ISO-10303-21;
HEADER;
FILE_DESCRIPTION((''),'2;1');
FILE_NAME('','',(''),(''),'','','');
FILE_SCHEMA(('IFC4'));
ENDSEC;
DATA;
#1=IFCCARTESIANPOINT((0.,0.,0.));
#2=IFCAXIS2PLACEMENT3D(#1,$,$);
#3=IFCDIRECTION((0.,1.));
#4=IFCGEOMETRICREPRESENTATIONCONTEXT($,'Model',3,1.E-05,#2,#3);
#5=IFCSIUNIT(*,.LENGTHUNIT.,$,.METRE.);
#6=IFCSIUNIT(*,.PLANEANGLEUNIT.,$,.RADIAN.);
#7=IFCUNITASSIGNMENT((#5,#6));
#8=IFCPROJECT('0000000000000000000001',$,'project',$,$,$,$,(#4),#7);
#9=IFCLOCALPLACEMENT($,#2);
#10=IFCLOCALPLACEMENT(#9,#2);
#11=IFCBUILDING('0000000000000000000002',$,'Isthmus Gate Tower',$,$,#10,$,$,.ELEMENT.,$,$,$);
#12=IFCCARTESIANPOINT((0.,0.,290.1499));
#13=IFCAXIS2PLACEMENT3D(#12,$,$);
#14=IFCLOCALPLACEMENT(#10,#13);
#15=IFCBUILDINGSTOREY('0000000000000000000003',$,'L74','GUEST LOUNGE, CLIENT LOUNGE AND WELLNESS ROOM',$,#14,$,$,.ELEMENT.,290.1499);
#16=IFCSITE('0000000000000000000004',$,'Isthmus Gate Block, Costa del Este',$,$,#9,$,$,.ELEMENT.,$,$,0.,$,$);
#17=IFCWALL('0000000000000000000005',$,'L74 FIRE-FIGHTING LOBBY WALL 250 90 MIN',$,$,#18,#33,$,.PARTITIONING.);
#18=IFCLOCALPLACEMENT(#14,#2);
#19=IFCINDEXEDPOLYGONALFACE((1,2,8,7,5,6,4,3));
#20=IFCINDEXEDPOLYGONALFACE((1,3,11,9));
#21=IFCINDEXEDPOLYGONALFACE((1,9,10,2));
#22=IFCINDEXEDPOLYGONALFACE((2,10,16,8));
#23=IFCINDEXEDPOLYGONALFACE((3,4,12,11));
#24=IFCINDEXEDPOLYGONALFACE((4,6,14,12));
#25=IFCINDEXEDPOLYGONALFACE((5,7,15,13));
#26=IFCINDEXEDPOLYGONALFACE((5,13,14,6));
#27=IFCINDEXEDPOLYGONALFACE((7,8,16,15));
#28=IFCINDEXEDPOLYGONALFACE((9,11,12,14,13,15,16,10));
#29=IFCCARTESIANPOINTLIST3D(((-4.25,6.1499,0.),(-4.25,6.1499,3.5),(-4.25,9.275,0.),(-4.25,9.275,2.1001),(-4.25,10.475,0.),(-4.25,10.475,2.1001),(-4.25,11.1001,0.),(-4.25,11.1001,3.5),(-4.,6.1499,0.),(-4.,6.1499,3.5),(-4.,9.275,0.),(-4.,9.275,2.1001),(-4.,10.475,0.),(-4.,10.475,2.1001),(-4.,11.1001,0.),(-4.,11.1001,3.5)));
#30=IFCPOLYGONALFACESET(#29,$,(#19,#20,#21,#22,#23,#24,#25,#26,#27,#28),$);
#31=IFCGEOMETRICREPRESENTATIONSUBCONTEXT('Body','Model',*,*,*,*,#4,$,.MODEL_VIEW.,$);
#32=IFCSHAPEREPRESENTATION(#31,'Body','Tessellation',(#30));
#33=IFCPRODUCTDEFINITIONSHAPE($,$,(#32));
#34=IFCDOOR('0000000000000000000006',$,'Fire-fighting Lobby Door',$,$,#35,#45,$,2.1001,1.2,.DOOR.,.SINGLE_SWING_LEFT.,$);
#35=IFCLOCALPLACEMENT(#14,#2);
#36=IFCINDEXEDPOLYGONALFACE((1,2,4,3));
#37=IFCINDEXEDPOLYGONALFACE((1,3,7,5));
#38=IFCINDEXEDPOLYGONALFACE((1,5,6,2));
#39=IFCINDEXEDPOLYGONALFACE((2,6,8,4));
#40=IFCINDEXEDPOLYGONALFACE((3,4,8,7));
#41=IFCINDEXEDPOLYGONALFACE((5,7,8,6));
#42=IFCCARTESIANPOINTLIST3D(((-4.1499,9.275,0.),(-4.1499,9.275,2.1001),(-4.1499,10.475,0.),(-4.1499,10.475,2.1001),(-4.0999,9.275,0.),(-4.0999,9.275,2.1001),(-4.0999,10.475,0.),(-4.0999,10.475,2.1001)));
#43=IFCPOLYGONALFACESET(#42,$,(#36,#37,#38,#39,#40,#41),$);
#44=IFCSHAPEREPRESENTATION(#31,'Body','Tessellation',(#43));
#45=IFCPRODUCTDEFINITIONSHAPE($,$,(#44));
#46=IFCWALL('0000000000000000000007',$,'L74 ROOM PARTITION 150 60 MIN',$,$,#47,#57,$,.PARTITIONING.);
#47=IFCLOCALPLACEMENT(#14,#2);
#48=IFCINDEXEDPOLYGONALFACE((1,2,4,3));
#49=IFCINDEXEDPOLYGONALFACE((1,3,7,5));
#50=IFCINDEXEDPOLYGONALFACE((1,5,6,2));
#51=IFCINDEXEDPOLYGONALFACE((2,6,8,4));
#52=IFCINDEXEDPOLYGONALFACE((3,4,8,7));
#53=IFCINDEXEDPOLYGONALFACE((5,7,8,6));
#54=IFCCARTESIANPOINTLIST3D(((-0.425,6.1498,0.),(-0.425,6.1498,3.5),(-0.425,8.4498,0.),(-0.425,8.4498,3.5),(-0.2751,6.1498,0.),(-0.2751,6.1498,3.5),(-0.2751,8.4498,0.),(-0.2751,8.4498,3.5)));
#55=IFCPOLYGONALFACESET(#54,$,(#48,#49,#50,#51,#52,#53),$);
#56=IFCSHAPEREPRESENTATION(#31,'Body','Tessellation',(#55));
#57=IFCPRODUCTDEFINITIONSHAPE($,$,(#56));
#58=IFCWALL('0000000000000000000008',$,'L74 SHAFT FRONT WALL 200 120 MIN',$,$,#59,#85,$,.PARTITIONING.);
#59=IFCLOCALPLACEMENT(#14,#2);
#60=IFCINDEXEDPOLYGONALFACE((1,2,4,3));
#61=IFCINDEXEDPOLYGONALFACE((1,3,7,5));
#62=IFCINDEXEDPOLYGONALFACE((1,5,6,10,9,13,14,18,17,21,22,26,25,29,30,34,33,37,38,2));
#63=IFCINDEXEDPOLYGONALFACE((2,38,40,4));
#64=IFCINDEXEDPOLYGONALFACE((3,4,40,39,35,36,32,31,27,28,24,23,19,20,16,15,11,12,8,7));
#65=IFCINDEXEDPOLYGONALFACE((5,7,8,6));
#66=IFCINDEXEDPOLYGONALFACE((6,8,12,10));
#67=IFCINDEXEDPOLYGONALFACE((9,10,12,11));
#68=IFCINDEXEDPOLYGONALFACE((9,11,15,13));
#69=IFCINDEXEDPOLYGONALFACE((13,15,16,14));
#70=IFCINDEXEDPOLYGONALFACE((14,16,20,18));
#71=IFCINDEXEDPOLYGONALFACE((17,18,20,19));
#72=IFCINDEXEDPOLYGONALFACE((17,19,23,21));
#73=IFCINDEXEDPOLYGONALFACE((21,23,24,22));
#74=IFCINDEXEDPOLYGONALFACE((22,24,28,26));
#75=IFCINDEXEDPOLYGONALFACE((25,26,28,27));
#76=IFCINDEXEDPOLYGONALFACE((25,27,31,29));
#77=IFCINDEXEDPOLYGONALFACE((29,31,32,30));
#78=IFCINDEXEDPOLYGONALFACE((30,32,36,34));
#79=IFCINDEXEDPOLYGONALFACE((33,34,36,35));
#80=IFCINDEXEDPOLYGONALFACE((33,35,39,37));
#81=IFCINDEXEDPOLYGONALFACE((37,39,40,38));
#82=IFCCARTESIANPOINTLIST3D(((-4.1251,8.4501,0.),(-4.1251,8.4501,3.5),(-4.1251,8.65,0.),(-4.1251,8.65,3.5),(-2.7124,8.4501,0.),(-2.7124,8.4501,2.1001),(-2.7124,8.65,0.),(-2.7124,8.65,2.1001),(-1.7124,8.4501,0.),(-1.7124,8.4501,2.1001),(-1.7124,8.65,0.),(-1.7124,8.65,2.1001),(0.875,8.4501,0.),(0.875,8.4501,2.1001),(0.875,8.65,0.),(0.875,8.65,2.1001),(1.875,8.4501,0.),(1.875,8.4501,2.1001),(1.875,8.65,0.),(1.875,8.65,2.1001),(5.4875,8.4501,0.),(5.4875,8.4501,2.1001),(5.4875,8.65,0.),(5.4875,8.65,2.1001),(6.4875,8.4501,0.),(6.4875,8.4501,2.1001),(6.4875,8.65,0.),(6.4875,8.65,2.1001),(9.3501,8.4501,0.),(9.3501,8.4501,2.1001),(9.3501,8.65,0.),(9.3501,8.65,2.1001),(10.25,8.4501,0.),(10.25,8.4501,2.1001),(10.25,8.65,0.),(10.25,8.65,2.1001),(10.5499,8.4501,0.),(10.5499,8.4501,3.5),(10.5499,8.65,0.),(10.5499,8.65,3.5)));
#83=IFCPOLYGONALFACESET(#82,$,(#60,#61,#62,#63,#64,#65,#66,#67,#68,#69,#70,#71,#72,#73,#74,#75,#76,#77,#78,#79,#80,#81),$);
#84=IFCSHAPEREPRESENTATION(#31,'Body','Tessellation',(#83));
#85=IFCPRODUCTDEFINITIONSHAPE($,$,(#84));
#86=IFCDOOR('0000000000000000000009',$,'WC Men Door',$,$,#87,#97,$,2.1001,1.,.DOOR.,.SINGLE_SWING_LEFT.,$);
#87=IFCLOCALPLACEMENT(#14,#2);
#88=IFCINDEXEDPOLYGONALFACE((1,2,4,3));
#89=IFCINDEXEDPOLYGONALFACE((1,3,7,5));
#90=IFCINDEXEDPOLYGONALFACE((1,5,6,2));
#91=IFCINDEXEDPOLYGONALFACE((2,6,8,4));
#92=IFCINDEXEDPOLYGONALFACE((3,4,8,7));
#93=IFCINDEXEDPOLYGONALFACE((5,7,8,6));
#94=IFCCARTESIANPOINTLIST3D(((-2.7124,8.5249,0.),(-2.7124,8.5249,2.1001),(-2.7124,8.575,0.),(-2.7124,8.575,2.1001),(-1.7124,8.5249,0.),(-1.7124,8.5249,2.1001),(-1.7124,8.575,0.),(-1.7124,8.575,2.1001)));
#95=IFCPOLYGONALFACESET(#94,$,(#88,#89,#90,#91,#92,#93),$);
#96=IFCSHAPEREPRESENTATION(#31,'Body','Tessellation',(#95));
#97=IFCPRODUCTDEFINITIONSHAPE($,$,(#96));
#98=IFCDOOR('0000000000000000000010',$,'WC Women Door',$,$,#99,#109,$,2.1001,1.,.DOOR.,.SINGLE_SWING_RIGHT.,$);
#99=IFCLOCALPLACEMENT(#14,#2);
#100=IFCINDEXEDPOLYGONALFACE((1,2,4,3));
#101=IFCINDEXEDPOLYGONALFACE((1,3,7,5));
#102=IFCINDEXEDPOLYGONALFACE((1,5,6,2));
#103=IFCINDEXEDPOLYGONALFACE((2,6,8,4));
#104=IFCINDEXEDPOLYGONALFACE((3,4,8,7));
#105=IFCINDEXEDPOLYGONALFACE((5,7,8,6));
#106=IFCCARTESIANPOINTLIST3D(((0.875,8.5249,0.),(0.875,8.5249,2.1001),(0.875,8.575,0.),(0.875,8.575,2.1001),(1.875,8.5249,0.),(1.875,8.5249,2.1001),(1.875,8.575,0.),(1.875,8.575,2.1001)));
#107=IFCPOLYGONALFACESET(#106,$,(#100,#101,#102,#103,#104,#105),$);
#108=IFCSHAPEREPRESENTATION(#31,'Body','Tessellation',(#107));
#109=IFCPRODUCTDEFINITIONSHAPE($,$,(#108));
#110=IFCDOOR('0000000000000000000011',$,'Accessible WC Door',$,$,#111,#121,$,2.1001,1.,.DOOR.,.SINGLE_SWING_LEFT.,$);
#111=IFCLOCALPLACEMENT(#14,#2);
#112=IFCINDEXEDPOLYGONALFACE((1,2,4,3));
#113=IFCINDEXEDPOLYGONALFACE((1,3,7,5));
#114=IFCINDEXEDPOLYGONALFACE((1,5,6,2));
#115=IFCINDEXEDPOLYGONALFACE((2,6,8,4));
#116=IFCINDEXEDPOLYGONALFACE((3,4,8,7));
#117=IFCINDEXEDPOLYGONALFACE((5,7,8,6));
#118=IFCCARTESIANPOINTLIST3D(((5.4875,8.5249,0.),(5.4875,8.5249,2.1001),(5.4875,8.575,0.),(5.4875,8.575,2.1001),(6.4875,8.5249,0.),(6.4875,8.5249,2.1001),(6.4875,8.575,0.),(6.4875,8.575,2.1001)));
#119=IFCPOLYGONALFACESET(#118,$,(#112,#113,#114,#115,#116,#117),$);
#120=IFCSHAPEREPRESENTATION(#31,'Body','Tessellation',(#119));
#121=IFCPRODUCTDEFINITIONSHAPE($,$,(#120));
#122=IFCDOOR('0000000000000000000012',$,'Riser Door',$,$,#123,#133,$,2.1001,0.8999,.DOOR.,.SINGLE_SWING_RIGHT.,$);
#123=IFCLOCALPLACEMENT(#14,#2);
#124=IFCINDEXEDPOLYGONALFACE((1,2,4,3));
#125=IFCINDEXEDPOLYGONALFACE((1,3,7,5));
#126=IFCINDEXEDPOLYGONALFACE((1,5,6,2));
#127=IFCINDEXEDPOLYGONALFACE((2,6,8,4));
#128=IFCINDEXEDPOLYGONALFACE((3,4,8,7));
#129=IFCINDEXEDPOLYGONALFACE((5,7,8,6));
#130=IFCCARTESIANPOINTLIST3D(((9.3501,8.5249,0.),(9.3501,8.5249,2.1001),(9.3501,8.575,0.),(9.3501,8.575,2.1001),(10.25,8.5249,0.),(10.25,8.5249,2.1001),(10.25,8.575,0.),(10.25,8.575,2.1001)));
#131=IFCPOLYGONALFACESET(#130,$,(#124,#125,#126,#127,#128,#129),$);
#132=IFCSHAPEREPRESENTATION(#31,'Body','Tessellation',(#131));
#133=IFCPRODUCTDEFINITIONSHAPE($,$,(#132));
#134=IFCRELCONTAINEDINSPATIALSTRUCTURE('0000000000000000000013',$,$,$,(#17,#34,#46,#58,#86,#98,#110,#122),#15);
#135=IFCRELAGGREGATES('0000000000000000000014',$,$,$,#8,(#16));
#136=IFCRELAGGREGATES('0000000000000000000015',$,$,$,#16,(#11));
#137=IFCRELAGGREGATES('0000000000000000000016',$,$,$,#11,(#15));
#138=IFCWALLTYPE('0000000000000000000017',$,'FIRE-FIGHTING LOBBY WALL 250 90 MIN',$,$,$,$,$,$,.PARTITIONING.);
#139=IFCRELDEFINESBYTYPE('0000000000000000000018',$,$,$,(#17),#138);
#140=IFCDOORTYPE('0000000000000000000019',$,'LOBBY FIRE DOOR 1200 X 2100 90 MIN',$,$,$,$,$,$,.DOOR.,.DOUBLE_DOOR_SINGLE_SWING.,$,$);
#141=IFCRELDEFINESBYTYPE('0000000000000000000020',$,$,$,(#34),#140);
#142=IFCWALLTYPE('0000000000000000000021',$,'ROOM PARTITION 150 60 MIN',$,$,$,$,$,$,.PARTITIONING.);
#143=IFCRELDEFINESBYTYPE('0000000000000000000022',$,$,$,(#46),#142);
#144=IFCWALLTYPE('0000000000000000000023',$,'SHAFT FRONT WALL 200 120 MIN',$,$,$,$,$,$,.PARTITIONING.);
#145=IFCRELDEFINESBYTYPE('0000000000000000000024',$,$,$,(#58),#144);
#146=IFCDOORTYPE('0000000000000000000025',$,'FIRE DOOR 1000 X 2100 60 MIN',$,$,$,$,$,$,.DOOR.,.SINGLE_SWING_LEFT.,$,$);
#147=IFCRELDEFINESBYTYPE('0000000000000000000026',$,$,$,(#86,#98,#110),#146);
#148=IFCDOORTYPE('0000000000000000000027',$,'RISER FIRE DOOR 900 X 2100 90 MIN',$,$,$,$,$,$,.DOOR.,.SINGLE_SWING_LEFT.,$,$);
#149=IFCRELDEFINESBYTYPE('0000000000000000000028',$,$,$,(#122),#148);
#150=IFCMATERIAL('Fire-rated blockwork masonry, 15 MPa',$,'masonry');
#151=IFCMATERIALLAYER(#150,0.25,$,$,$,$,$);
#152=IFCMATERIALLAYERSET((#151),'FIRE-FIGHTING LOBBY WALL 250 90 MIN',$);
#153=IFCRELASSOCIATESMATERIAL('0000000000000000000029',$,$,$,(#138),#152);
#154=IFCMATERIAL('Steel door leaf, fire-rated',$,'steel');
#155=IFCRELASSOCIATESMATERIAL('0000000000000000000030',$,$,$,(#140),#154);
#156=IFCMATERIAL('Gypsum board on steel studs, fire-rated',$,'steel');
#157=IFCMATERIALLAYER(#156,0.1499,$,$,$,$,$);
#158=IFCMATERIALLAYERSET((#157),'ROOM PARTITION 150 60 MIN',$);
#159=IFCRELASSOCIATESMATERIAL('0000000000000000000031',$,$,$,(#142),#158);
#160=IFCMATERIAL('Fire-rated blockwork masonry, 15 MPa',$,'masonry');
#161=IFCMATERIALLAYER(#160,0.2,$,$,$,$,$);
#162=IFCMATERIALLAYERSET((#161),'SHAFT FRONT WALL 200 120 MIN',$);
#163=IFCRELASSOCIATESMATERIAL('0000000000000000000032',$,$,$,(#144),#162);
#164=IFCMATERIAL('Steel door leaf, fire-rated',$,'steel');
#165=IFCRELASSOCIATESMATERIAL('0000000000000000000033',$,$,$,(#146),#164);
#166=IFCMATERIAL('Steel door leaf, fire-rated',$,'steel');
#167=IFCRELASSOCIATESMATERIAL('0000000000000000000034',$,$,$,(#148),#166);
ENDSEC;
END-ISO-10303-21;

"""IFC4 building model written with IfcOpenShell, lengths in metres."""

from ifc_helpers import new_model, si_unit, direction, frame, frame_2d, origin, place, context, subcontext, project, spatial, rectangle, extrude, material, layer, layer_set, type_object, element, fill, save


model = new_model("IFC4")

# Units and contexts
model_context = context("Model", 3, precision=1e-05, world=origin(), true_north=direction((0.0, 1.0)))
body_context = subcontext(model_context, "Body", "Model", "MODEL_VIEW")
ifc_project = project(units=[si_unit("LENGTHUNIT", "METRE"), si_unit("PLANEANGLEUNIT", "RADIAN")], contexts=[model_context])

# Site, building, storey
site_placement = place(None, origin())
site = spatial("IfcSite", under=ifc_project, at=site_placement, Name="Isthmus Gate Block, Costa del Este", CompositionType="ELEMENT", RefElevation=0.0)
building_placement = place(site_placement, origin())
building = spatial("IfcBuilding", under=site, at=building_placement, Name="Isthmus Gate Tower", CompositionType="ELEMENT")
storey_placement = place(building_placement, frame((0.0, 0.0, 290.1499)))
storey = spatial("IfcBuildingStorey", under=building, at=storey_placement, Name="L74", Description="GUEST LOUNGE, CLIENT LOUNGE AND WELLNESS ROOM", CompositionType="ELEMENT", Elevation=290.1499)

# Wall, opening, door
ifc_material_1 = material(Name="Fire-rated blockwork masonry, 15 MPa", Category="masonry")
ifc_layer_1 = layer(ifc_material_1, 0.25)
ifc_layer_set_1 = layer_set([ifc_layer_1], Name="FIRE-FIGHTING LOBBY WALL 250 90 MIN")
wall_type_1 = type_object("IfcWallType", Name="FIRE-FIGHTING LOBBY WALL 250 90 MIN", PredefinedType="PARTITIONING", material=ifc_layer_set_1)
wall_1_placement = place(storey_placement, frame((-4.125, 6.1499, 0.0), z_axis=(0.0, 0.0, 1.0), x_axis=(0.0, 1.0, 0.0)))
wall_1 = element("IfcWall", 1, at=wall_1_placement, inside=storey, type_object=wall_type_1, Name="L74 FIRE-FIGHTING LOBBY WALL 250 90 MIN", PredefinedType="PARTITIONING", context=body_context, shape_type="SweptSolid", body=[
    extrude(rectangle(XDim=4.9502, YDim=0.25, at=frame_2d((2.4751, 0.0))), origin(), (0.0, 0.0, 1.0), 3.5),
])
opening_1_placement = place(wall_1_placement, frame((3.125, 0.0, 0.0)))
opening_1 = element("IfcOpeningElement", 2, at=opening_1_placement, cuts=wall_1, PredefinedType="OPENING", context=body_context, shape_type="SweptSolid", body=[
    extrude(rectangle(XDim=1.2, YDim=2.1001, at=frame_2d((0.6001, 1.05))), frame((0.0, 0.135, 0.0), z_axis=(0.0, -1.0, 0.0), x_axis=(1.0, 0.0, 0.0)), (0.0, 0.0, 1.0), 0.27),
])
ifc_material_2 = material(Name="Steel door leaf, fire-rated", Category="steel")
door_type_1 = type_object("IfcDoorType", Name="LOBBY FIRE DOOR 1200 X 2100 90 MIN", OperationType="DOUBLE_DOOR_SINGLE_SWING", PredefinedType="DOOR", material=ifc_material_2)
door_1_placement = place(opening_1_placement, origin())
door_1 = element("IfcDoor", 3, at=door_1_placement, inside=storey, type_object=door_type_1, Name="Fire-fighting Lobby Door", OperationType="SINGLE_SWING_LEFT", OverallHeight=2.1001, OverallWidth=1.2, PredefinedType="DOOR", context=body_context, shape_type="SweptSolid", body=[
    extrude(rectangle(XDim=1.2, YDim=2.1001, at=frame_2d((0.6001, 1.05))), frame((0.0, 0.0249, 0.0), z_axis=(0.0, -1.0, 0.0), x_axis=(1.0, 0.0, 0.0)), (0.0, 0.0, 1.0), 0.05),
])
fill(opening_1, door_1)

# Wall
ifc_material_3 = material(Name="Gypsum board on steel studs, fire-rated", Category="steel")
ifc_layer_2 = layer(ifc_material_3, 0.1499)
ifc_layer_set_2 = layer_set([ifc_layer_2], Name="ROOM PARTITION 150 60 MIN")
wall_type_2 = type_object("IfcWallType", Name="ROOM PARTITION 150 60 MIN", PredefinedType="PARTITIONING", material=ifc_layer_set_2)
wall_2_placement = place(storey_placement, frame((-0.3501, 6.1499, 0.0), z_axis=(0.0, 0.0, 1.0), x_axis=(0.0, 1.0, 0.0)))
element("IfcWall", 4, at=wall_2_placement, inside=storey, type_object=wall_type_2, Name="L74 ROOM PARTITION 150 60 MIN", PredefinedType="PARTITIONING", context=body_context, shape_type="SweptSolid", body=[
    extrude(rectangle(XDim=2.3, YDim=0.1499, at=frame_2d((1.1499, 0.0))), origin(), (0.0, 0.0, 1.0), 3.5),
])

# Wall, openings, doors
ifc_material_4 = material(Name="Fire-rated blockwork masonry, 15 MPa", Category="masonry")
ifc_layer_3 = layer(ifc_material_4, 0.2)
ifc_layer_set_3 = layer_set([ifc_layer_3], Name="SHAFT FRONT WALL 200 120 MIN")
wall_type_3 = type_object("IfcWallType", Name="SHAFT FRONT WALL 200 120 MIN", PredefinedType="PARTITIONING", material=ifc_layer_set_3)
wall_3_placement = place(storey_placement, frame((-4.125, 8.55, 0.0), z_axis=(0.0, 0.0, 1.0), x_axis=(1.0, 0.0, 0.0)))
wall_3 = element("IfcWall", 5, at=wall_3_placement, inside=storey, type_object=wall_type_3, Name="L74 SHAFT FRONT WALL 200 120 MIN", PredefinedType="PARTITIONING", context=body_context, shape_type="SweptSolid", body=[
    extrude(rectangle(XDim=14.675, YDim=0.2, at=frame_2d((7.3374, 0.0))), origin(), (0.0, 0.0, 1.0), 3.5),
])
opening_2_placement = place(wall_3_placement, frame((1.4126, 0.0, 0.0)))
opening_2 = element("IfcOpeningElement", 6, at=opening_2_placement, cuts=wall_3, PredefinedType="OPENING", context=body_context, shape_type="SweptSolid", body=[
    extrude(rectangle(XDim=1.0, YDim=2.1001, at=frame_2d((0.5, 1.05))), frame((0.0, 0.1099, 0.0), z_axis=(0.0, -1.0, 0.0), x_axis=(1.0, 0.0, 0.0)), (0.0, 0.0, 1.0), 0.22),
])
opening_3_placement = place(wall_3_placement, frame((5.0, 0.0, 0.0)))
opening_3 = element("IfcOpeningElement", 7, at=opening_3_placement, cuts=wall_3, PredefinedType="OPENING", context=body_context, shape_type="SweptSolid", body=[
    extrude(rectangle(XDim=1.0, YDim=2.1001, at=frame_2d((0.5, 1.05))), frame((0.0, 0.1099, 0.0), z_axis=(0.0, -1.0, 0.0), x_axis=(1.0, 0.0, 0.0)), (0.0, 0.0, 1.0), 0.22),
])
opening_4_placement = place(wall_3_placement, frame((9.6125, 0.0, 0.0)))
opening_4 = element("IfcOpeningElement", 8, at=opening_4_placement, cuts=wall_3, PredefinedType="OPENING", context=body_context, shape_type="SweptSolid", body=[
    extrude(rectangle(XDim=1.0, YDim=2.1001, at=frame_2d((0.5, 1.05))), frame((0.0, 0.1099, 0.0), z_axis=(0.0, -1.0, 0.0), x_axis=(1.0, 0.0, 0.0)), (0.0, 0.0, 1.0), 0.22),
])
opening_5_placement = place(wall_3_placement, frame((13.4751, 0.0, 0.0)))
opening_5 = element("IfcOpeningElement", 9, at=opening_5_placement, cuts=wall_3, PredefinedType="OPENING", context=body_context, shape_type="SweptSolid", body=[
    extrude(rectangle(XDim=0.8999, YDim=2.1001, at=frame_2d((0.45, 1.05))), frame((0.0, 0.1099, 0.0), z_axis=(0.0, -1.0, 0.0), x_axis=(1.0, 0.0, 0.0)), (0.0, 0.0, 1.0), 0.22),
])
ifc_material_5 = material(Name="Steel door leaf, fire-rated", Category="steel")
door_type_2 = type_object("IfcDoorType", Name="FIRE DOOR 1000 X 2100 60 MIN", OperationType="SINGLE_SWING_LEFT", PredefinedType="DOOR", material=ifc_material_5)
door_2_placement = place(opening_2_placement, origin())
door_2 = element("IfcDoor", 10, at=door_2_placement, inside=storey, type_object=door_type_2, Name="WC Men Door", OperationType="SINGLE_SWING_LEFT", OverallHeight=2.1001, OverallWidth=1.0, PredefinedType="DOOR", context=body_context, shape_type="SweptSolid", body=[
    extrude(rectangle(XDim=1.0, YDim=2.1001, at=frame_2d((0.5, 1.05))), frame((0.0, 0.0249, 0.0), z_axis=(0.0, -1.0, 0.0), x_axis=(1.0, 0.0, 0.0)), (0.0, 0.0, 1.0), 0.05),
])
fill(opening_2, door_2)
door_3_placement = place(opening_3_placement, origin())
door_3 = element("IfcDoor", 11, at=door_3_placement, inside=storey, type_object=door_type_2, Name="WC Women Door", OperationType="SINGLE_SWING_RIGHT", OverallHeight=2.1001, OverallWidth=1.0, PredefinedType="DOOR", context=body_context, shape_type="SweptSolid", body=[
    extrude(rectangle(XDim=1.0, YDim=2.1001, at=frame_2d((0.5, 1.05))), frame((0.0, 0.0249, 0.0), z_axis=(0.0, -1.0, 0.0), x_axis=(1.0, 0.0, 0.0)), (0.0, 0.0, 1.0), 0.05),
])
fill(opening_3, door_3)
door_4_placement = place(opening_4_placement, origin())
door_4 = element("IfcDoor", 12, at=door_4_placement, inside=storey, type_object=door_type_2, Name="Accessible WC Door", OperationType="SINGLE_SWING_LEFT", OverallHeight=2.1001, OverallWidth=1.0, PredefinedType="DOOR", context=body_context, shape_type="SweptSolid", body=[
    extrude(rectangle(XDim=1.0, YDim=2.1001, at=frame_2d((0.5, 1.05))), frame((0.0, 0.0249, 0.0), z_axis=(0.0, -1.0, 0.0), x_axis=(1.0, 0.0, 0.0)), (0.0, 0.0, 1.0), 0.05),
])
fill(opening_4, door_4)
ifc_material_6 = material(Name="Steel door leaf, fire-rated", Category="steel")
door_type_3 = type_object("IfcDoorType", Name="RISER FIRE DOOR 900 X 2100 90 MIN", OperationType="SINGLE_SWING_LEFT", PredefinedType="DOOR", material=ifc_material_6)
door_5_placement = place(opening_5_placement, origin())
door_5 = element("IfcDoor", 13, at=door_5_placement, inside=storey, type_object=door_type_3, Name="Riser Door", OperationType="SINGLE_SWING_RIGHT", OverallHeight=2.1001, OverallWidth=0.8999, PredefinedType="DOOR", context=body_context, shape_type="SweptSolid", body=[
    extrude(rectangle(XDim=0.8999, YDim=2.1001, at=frame_2d((0.45, 1.05))), frame((0.0, 0.0249, 0.0), z_axis=(0.0, -1.0, 0.0), x_axis=(1.0, 0.0, 0.0)), (0.0, 0.0, 1.0), 0.05),
])
fill(opening_5, door_5)

save(model, "model.ifc")
